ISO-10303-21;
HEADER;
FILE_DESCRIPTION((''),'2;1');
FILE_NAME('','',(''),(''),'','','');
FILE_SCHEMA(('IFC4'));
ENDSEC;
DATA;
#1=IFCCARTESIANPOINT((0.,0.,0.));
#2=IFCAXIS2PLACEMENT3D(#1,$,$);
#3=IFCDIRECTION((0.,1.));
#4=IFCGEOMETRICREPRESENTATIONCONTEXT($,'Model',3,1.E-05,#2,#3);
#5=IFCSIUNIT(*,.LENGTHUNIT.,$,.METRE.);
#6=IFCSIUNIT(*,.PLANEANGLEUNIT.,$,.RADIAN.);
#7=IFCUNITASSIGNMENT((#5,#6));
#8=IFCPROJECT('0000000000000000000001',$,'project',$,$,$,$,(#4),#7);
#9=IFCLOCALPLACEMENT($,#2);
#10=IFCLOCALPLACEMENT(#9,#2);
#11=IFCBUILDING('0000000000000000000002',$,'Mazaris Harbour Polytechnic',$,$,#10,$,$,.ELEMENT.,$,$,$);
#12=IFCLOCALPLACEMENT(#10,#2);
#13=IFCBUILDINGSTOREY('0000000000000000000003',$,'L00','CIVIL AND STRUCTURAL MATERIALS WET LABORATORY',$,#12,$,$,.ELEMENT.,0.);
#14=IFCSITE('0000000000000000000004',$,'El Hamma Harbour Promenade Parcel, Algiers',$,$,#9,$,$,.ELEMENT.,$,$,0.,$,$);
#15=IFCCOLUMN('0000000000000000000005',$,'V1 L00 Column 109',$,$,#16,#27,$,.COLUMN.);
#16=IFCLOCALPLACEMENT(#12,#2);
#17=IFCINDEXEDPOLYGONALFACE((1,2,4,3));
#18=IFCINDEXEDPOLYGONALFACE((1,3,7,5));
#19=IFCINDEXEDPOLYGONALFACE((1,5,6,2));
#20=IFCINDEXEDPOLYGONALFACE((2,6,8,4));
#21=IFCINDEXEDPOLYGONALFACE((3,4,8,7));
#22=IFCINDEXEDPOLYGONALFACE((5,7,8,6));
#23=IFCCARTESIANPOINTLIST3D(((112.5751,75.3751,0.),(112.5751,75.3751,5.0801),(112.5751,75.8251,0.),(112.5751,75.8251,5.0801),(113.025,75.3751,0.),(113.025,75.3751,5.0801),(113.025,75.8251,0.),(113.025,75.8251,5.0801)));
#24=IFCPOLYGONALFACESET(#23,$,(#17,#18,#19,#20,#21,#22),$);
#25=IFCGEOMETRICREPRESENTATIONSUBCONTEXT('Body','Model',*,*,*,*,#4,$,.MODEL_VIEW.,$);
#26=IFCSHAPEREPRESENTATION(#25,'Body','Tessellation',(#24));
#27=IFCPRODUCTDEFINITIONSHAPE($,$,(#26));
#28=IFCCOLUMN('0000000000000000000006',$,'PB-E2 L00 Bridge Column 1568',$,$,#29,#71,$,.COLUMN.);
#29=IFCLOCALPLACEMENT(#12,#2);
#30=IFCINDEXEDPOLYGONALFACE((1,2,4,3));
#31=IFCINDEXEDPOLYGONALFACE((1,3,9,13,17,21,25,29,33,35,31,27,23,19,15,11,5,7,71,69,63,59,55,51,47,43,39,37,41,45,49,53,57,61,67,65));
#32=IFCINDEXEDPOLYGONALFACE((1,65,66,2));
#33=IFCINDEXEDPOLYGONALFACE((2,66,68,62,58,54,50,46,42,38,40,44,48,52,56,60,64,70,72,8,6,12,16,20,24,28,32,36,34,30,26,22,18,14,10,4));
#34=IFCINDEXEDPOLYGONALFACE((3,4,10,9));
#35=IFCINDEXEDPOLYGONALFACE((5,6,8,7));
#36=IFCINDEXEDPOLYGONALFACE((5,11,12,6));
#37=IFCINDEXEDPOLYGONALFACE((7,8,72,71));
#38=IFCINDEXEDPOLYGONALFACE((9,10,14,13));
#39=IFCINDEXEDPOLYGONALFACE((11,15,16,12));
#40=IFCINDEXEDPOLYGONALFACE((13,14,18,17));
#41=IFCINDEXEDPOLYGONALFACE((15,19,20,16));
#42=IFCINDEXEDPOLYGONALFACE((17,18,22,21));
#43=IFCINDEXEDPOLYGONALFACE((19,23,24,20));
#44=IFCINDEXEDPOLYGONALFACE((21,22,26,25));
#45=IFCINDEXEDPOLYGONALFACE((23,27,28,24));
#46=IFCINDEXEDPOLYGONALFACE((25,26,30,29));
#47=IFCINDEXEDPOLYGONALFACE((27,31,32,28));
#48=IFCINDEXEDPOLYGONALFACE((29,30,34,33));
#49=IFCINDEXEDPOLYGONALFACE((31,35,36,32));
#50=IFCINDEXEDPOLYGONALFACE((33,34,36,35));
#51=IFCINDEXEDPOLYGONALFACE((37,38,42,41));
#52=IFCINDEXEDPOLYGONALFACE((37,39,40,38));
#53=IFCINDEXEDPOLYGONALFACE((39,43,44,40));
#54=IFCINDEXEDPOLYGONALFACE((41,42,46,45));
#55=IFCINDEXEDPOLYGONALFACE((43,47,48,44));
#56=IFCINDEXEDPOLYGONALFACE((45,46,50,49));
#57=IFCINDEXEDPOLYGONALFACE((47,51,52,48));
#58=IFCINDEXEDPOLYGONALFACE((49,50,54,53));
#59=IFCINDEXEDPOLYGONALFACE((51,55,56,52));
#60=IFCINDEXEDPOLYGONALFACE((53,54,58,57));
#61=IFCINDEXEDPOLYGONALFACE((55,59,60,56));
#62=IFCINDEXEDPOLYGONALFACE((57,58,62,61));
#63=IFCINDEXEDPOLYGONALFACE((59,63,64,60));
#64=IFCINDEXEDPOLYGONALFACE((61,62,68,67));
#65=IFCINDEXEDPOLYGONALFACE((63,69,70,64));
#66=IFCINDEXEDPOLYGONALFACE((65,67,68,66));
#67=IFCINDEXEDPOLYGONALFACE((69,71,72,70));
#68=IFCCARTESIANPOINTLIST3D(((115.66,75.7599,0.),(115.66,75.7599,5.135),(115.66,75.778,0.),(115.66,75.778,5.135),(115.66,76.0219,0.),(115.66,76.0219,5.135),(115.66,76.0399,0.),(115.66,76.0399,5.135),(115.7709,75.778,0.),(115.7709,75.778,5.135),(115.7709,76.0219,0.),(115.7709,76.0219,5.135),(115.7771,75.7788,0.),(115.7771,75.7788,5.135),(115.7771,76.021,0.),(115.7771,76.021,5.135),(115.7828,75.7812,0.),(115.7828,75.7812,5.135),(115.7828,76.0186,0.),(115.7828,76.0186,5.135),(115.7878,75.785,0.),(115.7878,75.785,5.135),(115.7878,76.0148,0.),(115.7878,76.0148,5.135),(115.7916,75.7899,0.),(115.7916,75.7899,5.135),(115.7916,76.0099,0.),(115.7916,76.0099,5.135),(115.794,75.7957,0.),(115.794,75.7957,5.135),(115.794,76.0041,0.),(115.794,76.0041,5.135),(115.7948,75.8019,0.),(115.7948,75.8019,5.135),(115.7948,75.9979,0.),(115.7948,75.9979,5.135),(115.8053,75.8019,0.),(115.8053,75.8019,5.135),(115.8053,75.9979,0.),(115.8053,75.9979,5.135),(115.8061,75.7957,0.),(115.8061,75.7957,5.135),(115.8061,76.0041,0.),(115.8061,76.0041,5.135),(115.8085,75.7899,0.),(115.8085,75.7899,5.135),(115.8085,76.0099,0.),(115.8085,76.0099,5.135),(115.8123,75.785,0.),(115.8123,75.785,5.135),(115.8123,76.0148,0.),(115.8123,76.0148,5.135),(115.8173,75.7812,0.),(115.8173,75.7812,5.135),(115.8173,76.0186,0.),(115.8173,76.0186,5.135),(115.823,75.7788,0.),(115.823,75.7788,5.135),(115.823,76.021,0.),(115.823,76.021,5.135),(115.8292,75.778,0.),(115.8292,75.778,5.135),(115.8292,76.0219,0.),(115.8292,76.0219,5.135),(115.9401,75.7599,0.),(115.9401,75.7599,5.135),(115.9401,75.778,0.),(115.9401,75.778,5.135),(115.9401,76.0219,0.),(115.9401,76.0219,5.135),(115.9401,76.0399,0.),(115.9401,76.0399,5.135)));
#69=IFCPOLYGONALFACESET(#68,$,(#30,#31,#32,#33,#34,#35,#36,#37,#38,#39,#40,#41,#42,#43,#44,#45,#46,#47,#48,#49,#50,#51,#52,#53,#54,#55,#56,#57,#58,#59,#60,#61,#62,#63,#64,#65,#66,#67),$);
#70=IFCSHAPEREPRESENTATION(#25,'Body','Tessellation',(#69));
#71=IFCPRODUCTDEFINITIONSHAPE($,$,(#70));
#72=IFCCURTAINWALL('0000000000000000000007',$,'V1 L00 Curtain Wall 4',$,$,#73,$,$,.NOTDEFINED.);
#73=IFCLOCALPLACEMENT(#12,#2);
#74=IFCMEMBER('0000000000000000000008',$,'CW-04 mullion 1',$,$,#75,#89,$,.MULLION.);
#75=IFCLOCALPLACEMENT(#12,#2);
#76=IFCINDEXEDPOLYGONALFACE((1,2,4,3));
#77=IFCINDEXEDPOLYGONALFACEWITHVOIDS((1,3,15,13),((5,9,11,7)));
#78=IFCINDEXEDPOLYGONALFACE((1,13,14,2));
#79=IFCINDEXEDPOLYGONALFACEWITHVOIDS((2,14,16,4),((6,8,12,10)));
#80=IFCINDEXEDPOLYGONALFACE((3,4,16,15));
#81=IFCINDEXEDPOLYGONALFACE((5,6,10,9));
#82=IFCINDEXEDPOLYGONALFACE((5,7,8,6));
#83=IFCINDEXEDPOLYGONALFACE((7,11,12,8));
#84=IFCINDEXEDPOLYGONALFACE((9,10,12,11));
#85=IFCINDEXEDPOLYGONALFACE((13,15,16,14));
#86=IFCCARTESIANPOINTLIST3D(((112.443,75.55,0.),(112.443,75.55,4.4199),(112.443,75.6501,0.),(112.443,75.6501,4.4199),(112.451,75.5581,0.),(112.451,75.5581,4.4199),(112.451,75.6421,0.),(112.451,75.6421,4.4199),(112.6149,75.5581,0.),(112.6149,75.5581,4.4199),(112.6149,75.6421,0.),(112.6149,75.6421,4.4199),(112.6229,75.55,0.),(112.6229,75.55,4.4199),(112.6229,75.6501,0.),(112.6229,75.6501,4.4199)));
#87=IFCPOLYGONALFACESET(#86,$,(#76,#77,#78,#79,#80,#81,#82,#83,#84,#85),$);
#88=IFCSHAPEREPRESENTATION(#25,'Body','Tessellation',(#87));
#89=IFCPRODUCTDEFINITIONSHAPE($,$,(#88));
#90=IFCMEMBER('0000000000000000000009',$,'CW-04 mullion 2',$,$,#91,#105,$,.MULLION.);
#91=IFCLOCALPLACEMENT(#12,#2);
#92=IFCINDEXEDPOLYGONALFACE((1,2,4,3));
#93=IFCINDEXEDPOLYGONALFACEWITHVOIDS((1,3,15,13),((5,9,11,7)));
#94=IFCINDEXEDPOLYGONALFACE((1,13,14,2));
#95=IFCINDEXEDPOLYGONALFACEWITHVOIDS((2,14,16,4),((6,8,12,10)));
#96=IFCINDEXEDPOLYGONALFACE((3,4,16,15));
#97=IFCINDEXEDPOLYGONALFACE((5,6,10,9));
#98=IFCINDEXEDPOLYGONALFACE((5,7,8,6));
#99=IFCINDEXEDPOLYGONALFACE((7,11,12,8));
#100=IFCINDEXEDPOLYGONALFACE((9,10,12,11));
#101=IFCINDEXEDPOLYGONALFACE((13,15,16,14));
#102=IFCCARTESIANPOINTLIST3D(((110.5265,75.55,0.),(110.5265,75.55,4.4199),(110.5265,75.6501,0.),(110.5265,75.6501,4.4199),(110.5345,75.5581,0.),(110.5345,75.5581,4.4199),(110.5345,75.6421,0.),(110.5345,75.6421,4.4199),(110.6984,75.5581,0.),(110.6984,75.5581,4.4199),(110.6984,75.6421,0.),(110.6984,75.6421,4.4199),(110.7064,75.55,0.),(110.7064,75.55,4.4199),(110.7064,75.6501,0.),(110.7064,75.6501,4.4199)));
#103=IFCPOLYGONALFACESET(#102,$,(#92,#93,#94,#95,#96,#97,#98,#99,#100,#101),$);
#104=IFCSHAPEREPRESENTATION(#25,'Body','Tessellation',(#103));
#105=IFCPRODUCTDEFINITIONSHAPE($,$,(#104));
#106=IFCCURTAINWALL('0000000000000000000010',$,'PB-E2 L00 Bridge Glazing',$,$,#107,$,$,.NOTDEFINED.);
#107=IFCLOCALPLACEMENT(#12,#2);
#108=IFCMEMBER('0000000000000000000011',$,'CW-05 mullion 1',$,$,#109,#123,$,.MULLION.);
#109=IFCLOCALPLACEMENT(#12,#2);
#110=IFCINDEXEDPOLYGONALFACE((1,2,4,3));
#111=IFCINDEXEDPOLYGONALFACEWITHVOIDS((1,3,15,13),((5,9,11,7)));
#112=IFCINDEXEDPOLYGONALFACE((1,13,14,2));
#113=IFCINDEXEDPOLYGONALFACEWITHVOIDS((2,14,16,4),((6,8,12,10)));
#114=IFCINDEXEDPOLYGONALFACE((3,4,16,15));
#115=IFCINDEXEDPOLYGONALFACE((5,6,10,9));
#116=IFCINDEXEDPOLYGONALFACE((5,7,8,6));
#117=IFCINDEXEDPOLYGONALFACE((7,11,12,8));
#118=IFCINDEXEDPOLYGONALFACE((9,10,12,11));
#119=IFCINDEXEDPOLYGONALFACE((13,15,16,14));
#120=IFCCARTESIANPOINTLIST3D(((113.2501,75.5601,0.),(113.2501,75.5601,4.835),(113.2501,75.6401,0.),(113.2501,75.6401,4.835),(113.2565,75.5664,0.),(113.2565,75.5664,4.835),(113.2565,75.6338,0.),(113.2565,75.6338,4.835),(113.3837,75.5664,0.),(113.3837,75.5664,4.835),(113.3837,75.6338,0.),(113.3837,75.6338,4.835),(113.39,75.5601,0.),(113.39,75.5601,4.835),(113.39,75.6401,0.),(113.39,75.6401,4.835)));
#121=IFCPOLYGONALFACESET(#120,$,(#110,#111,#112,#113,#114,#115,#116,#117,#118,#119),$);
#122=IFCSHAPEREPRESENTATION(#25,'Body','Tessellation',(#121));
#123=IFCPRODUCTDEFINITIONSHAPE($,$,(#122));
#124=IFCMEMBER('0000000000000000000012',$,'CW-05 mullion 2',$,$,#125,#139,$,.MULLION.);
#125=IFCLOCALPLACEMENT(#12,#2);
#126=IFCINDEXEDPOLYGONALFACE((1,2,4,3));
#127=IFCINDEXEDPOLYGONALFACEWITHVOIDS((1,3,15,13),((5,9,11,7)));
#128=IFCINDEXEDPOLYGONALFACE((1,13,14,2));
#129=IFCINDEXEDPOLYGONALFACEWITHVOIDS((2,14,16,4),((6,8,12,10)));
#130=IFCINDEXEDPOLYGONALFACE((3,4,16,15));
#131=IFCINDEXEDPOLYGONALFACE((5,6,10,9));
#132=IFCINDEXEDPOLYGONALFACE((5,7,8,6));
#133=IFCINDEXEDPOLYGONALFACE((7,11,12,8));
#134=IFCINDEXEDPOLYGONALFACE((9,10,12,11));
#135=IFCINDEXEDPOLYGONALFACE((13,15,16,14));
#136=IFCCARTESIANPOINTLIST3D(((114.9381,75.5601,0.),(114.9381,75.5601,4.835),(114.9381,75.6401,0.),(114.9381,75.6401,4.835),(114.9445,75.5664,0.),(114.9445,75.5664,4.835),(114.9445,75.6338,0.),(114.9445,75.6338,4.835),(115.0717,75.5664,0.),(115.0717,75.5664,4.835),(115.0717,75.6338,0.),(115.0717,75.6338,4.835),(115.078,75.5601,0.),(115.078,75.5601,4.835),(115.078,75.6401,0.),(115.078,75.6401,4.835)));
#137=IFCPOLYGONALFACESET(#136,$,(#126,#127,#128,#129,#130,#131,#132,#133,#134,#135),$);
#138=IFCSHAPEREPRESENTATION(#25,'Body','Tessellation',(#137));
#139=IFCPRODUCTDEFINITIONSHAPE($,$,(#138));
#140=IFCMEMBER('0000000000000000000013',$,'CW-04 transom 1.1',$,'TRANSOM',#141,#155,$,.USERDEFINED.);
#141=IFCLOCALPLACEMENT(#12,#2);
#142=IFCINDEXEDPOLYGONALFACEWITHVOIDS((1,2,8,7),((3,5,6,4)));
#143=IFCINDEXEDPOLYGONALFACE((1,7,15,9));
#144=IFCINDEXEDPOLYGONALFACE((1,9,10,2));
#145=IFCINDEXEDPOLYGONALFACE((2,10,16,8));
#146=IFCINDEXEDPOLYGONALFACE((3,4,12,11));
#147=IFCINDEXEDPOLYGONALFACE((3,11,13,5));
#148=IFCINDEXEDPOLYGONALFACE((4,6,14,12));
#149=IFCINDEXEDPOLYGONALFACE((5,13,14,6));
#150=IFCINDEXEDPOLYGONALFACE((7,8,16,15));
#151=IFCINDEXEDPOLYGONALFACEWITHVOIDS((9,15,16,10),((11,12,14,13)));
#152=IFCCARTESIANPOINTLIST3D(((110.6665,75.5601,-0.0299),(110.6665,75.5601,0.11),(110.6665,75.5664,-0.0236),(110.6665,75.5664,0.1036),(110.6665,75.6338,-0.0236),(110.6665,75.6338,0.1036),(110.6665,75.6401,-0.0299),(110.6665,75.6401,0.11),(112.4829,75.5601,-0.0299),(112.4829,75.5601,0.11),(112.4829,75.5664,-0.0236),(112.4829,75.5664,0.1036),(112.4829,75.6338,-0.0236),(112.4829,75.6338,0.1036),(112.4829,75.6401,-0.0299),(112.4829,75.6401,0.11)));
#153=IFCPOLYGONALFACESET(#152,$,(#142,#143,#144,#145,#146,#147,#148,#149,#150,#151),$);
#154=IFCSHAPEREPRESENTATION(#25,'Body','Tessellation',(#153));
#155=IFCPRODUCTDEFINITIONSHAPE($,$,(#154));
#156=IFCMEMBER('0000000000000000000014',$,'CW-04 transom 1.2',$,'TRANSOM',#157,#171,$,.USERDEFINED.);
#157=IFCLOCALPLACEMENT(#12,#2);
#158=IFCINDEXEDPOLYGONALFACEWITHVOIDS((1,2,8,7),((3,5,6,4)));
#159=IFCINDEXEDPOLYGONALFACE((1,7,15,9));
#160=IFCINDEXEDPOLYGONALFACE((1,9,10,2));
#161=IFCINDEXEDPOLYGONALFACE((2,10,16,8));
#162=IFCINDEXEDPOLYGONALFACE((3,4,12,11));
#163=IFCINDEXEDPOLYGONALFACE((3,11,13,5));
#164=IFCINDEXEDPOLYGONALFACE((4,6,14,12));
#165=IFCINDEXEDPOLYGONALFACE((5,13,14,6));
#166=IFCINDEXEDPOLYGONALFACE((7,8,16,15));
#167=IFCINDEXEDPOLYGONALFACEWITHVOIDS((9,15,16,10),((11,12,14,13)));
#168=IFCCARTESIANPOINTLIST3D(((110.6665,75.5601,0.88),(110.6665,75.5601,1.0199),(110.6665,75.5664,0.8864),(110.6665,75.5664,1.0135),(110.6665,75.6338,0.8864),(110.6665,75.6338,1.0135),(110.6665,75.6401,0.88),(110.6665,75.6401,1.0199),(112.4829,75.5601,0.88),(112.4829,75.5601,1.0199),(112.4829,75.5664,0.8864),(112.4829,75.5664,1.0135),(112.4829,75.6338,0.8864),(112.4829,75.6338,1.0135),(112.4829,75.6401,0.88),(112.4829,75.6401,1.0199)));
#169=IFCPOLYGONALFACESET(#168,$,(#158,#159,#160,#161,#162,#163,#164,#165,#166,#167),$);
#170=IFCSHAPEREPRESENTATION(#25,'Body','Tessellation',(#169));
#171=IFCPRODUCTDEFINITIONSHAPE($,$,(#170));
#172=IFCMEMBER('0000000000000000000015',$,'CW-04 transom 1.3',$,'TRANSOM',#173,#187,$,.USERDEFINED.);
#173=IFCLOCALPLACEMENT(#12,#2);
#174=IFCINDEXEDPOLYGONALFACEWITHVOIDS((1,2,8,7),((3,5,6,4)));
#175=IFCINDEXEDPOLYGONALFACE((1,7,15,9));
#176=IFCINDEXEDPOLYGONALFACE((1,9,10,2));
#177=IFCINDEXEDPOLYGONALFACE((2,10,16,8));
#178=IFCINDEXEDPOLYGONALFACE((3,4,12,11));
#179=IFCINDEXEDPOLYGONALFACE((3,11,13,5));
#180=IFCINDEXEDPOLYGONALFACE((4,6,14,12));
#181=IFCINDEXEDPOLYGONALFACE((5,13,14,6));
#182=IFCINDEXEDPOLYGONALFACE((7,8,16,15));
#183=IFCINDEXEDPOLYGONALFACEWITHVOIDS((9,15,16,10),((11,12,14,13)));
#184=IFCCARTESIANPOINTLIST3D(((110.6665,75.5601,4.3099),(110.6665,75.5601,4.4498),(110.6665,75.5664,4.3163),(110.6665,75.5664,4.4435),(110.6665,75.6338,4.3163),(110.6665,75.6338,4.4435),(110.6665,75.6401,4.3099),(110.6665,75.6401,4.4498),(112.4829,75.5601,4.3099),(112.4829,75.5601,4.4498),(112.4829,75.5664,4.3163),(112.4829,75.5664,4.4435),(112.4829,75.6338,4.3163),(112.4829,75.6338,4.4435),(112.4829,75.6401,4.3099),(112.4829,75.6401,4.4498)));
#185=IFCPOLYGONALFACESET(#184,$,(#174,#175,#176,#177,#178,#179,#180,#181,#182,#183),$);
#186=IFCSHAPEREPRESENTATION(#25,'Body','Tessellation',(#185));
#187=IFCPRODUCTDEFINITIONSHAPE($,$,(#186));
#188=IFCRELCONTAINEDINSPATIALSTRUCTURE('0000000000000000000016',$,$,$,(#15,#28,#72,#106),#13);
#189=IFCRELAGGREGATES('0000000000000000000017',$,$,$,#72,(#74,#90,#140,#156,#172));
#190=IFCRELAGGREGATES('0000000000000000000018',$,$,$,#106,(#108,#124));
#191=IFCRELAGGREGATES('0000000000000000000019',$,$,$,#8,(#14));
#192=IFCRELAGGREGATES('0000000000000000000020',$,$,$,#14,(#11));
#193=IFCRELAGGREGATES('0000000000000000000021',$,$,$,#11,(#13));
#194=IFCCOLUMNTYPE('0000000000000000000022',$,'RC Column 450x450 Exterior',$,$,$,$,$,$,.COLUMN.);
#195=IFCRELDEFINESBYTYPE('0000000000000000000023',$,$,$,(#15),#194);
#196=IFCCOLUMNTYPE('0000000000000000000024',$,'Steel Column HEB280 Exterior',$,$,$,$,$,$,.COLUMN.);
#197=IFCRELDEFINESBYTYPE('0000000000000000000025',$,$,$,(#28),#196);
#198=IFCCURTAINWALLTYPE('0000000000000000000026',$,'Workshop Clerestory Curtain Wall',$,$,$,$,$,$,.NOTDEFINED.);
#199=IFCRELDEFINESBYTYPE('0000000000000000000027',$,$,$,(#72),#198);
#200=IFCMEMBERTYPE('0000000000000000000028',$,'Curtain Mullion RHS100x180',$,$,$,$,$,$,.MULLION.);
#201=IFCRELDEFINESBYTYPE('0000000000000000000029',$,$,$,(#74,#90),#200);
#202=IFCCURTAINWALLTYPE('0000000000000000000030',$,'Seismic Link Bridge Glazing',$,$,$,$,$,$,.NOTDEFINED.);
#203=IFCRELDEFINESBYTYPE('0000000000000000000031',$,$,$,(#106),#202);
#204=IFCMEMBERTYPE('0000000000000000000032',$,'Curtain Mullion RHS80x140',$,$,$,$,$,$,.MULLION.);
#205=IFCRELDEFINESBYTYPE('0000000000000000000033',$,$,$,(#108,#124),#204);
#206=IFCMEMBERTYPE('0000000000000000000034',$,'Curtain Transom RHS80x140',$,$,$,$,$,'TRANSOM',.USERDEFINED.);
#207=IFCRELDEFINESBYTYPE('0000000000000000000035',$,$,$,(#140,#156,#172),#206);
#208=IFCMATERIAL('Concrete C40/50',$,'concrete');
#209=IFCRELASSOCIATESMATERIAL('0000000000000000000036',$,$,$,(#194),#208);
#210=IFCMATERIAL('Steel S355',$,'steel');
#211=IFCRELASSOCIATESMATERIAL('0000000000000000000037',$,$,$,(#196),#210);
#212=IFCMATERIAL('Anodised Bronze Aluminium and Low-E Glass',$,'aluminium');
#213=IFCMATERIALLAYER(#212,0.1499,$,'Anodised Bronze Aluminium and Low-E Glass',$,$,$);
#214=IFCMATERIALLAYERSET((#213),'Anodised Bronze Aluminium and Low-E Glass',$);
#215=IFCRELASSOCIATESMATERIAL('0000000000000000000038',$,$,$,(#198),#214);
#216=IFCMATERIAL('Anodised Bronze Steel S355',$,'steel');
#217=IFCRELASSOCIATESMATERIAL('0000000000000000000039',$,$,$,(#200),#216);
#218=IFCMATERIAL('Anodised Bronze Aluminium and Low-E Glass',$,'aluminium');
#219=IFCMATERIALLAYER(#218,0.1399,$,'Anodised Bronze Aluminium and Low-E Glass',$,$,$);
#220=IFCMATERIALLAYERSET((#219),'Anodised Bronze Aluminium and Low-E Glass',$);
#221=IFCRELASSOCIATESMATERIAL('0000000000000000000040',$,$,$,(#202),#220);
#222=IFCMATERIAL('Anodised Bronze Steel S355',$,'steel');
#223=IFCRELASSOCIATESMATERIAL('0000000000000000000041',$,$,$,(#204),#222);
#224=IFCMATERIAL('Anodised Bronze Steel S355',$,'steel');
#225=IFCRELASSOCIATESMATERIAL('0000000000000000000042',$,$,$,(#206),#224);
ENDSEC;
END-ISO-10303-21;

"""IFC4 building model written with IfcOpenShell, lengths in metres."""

from ifc_helpers import new_model, si_unit, direction, frame, origin, origin_2d, place, context, subcontext, project, spatial, rectangle, hollow_rectangle, i_section, extrude, material, layer, layer_set, material_profile, profile_set, type_object, element, aggregate, save


model = new_model("IFC4")

# Units and contexts
model_context = context("Model", 3, precision=1e-05, world=origin(), true_north=direction((0.0, 1.0)))
body_context = subcontext(model_context, "Body", "Model", "MODEL_VIEW")
ifc_project = project(units=[si_unit("LENGTHUNIT", "METRE"), si_unit("PLANEANGLEUNIT", "RADIAN")], contexts=[model_context])

# Site, building, storey
site_placement = place(None, origin())
site = spatial("IfcSite", under=ifc_project, at=site_placement, Name="El Hamma Harbour Promenade Parcel, Algiers", CompositionType="ELEMENT", RefElevation=0.0)
building_placement = place(site_placement, origin())
building = spatial("IfcBuilding", under=site, at=building_placement, Name="Mazaris Harbour Polytechnic", CompositionType="ELEMENT")
storey_placement = place(building_placement, origin())
storey = spatial("IfcBuildingStorey", under=building, at=storey_placement, Name="L00", Description="CIVIL AND STRUCTURAL MATERIALS WET LABORATORY", CompositionType="ELEMENT", Elevation=0.0)

# Columns
ifc_material_1 = material(Name="Concrete C40/50", Category="concrete")
ifc_material_profile_1 = material_profile(ifc_material_1, rectangle(XDim=0.45, YDim=0.45, at=origin_2d()), Name="RECT450x450")
ifc_profile_set_1 = profile_set([ifc_material_profile_1], Name="Concrete C40/50")
column_type_1 = type_object("IfcColumnType", Name="RC Column 450x450 Exterior", PredefinedType="COLUMN", material=ifc_profile_set_1)
column_1_placement = place(storey_placement, frame((112.8, 75.6001, 0.0), z_axis=(0.0, 0.0, 1.0), x_axis=(1.0, 0.0, 0.0)))
element("IfcColumn", 1, at=column_1_placement, inside=storey, type_object=column_type_1, Name="V1 L00 Column 109", PredefinedType="COLUMN", context=body_context, shape_type="SweptSolid", body=[
    extrude(rectangle(XDim=0.45, YDim=0.45, at=origin_2d()), origin(), (0.0, 0.0, 1.0), 5.0801),
])
ifc_material_2 = material(Name="Steel S355", Category="steel")
ifc_material_profile_2 = material_profile(ifc_material_2, i_section(OverallWidth=0.28, OverallDepth=0.28, WebThickness=0.0105, FlangeThickness=0.0181, FilletRadius=0.0239, at=origin_2d()), Name="HEB 280")
ifc_profile_set_2 = profile_set([ifc_material_profile_2], Name="Steel S355")
column_type_2 = type_object("IfcColumnType", Name="Steel Column HEB280 Exterior", PredefinedType="COLUMN", material=ifc_profile_set_2)
column_2_placement = place(storey_placement, frame((115.8, 75.8999, 0.0), z_axis=(0.0, 0.0, 1.0), x_axis=(1.0, 0.0, 0.0)))
element("IfcColumn", 2, at=column_2_placement, inside=storey, type_object=column_type_2, Name="PB-E2 L00 Bridge Column 1568", PredefinedType="COLUMN", context=body_context, shape_type="SweptSolid", body=[
    extrude(i_section(OverallWidth=0.28, OverallDepth=0.28, WebThickness=0.0105, FlangeThickness=0.0181, FilletRadius=0.0239, at=origin_2d()), origin(), (0.0, 0.0, 1.0), 5.135),
])

# Curtain walls, members
ifc_material_3 = material(Name="Anodised Bronze Aluminium and Low-E Glass", Category="aluminium")
ifc_layer_1 = layer(ifc_material_3, 0.1499, Name="Anodised Bronze Aluminium and Low-E Glass")
ifc_layer_set_1 = layer_set([ifc_layer_1], Name="Anodised Bronze Aluminium and Low-E Glass")
curtain_wall_type_1 = type_object("IfcCurtainWallType", Name="Workshop Clerestory Curtain Wall", PredefinedType="NOTDEFINED", material=ifc_layer_set_1)
curtain_wall_1_placement = place(storey_placement, origin())
curtain_wall_1 = element("IfcCurtainWall", 3, at=curtain_wall_1_placement, inside=storey, type_object=curtain_wall_type_1, Name="V1 L00 Curtain Wall 4", PredefinedType="NOTDEFINED")
ifc_material_4 = material(Name="Anodised Bronze Steel S355", Category="steel")
ifc_material_profile_3 = material_profile(ifc_material_4, hollow_rectangle(XDim=0.1001, YDim=0.1799, WallThickness=0.0081, at=origin_2d()), Name="RHS 100x180x8.0")
ifc_profile_set_3 = profile_set([ifc_material_profile_3], Name="Anodised Bronze Steel S355")
member_type_1 = type_object("IfcMemberType", Name="Curtain Mullion RHS100x180", PredefinedType="MULLION", material=ifc_profile_set_3)
member_1_placement = place(storey_placement, frame((112.533, 75.6001, 0.0), z_axis=(0.0, 0.0, 1.0), x_axis=(0.0, -1.0, 0.0)))
member_1 = element("IfcMember", 4, at=member_1_placement, type_object=member_type_1, Name="CW-04 mullion 1", PredefinedType="MULLION", context=body_context, shape_type="SweptSolid", body=[
    extrude(hollow_rectangle(XDim=0.1001, YDim=0.1799, WallThickness=0.0081, at=origin_2d()), origin(), (0.0, 0.0, 1.0), 4.4199),
])
member_2_placement = place(storey_placement, frame((110.6165, 75.6001, 0.0), z_axis=(0.0, 0.0, 1.0), x_axis=(0.0, -1.0, 0.0)))
member_2 = element("IfcMember", 5, at=member_2_placement, type_object=member_type_1, Name="CW-04 mullion 2", PredefinedType="MULLION", context=body_context, shape_type="SweptSolid", body=[
    extrude(hollow_rectangle(XDim=0.1001, YDim=0.1799, WallThickness=0.0081, at=origin_2d()), origin(), (0.0, 0.0, 1.0), 4.4199),
])
ifc_material_5 = material(Name="Anodised Bronze Aluminium and Low-E Glass", Category="aluminium")
ifc_layer_2 = layer(ifc_material_5, 0.1399, Name="Anodised Bronze Aluminium and Low-E Glass")
ifc_layer_set_2 = layer_set([ifc_layer_2], Name="Anodised Bronze Aluminium and Low-E Glass")
curtain_wall_type_2 = type_object("IfcCurtainWallType", Name="Seismic Link Bridge Glazing", PredefinedType="NOTDEFINED", material=ifc_layer_set_2)
curtain_wall_2_placement = place(storey_placement, origin())
curtain_wall_2 = element("IfcCurtainWall", 6, at=curtain_wall_2_placement, inside=storey, type_object=curtain_wall_type_2, Name="PB-E2 L00 Bridge Glazing", PredefinedType="NOTDEFINED")
ifc_material_6 = material(Name="Anodised Bronze Steel S355", Category="steel")
ifc_material_profile_4 = material_profile(ifc_material_6, hollow_rectangle(XDim=0.0801, YDim=0.1399, WallThickness=0.0063, at=origin_2d()), Name="RHS 80x140x6.3")
ifc_profile_set_4 = profile_set([ifc_material_profile_4], Name="Anodised Bronze Steel S355")
member_type_2 = type_object("IfcMemberType", Name="Curtain Mullion RHS80x140", PredefinedType="MULLION", material=ifc_profile_set_4)
member_3_placement = place(storey_placement, frame((113.3201, 75.6001, 0.0), z_axis=(0.0, 0.0, 1.0), x_axis=(0.0, 1.0, 0.0)))
member_3 = element("IfcMember", 7, at=member_3_placement, type_object=member_type_2, Name="CW-05 mullion 1", PredefinedType="MULLION", context=body_context, shape_type="SweptSolid", body=[
    extrude(hollow_rectangle(XDim=0.0801, YDim=0.1399, WallThickness=0.0063, at=origin_2d()), origin(), (0.0, 0.0, 1.0), 4.835),
])
member_4_placement = place(storey_placement, frame((115.0081, 75.6001, 0.0), z_axis=(0.0, 0.0, 1.0), x_axis=(0.0, 1.0, 0.0)))
member_4 = element("IfcMember", 8, at=member_4_placement, type_object=member_type_2, Name="CW-05 mullion 2", PredefinedType="MULLION", context=body_context, shape_type="SweptSolid", body=[
    extrude(hollow_rectangle(XDim=0.0801, YDim=0.1399, WallThickness=0.0063, at=origin_2d()), origin(), (0.0, 0.0, 1.0), 4.835),
])

# Members
ifc_material_7 = material(Name="Anodised Bronze Steel S355", Category="steel")
ifc_material_profile_5 = material_profile(ifc_material_7, hollow_rectangle(XDim=0.0801, YDim=0.1399, WallThickness=0.0063, at=origin_2d()), Name="RHS 80x140x6.3")
ifc_profile_set_5 = profile_set([ifc_material_profile_5], Name="Anodised Bronze Steel S355")
member_type_3 = type_object("IfcMemberType", Name="Curtain Transom RHS80x140", ElementType="TRANSOM", PredefinedType="USERDEFINED", material=ifc_profile_set_5)
member_5_placement = place(storey_placement, frame((112.4829, 75.6001, 0.04), z_axis=(-1.0, 0.0, 0.0), x_axis=(0.0, -1.0, 0.0)))
member_5 = element("IfcMember", 9, at=member_5_placement, type_object=member_type_3, Name="CW-04 transom 1.1", ObjectType="TRANSOM", PredefinedType="USERDEFINED", context=body_context, shape_type="SweptSolid", body=[
    extrude(hollow_rectangle(XDim=0.0801, YDim=0.1399, WallThickness=0.0063, at=origin_2d()), origin(), (0.0, 0.0, 1.0), 1.8164),
])
member_6_placement = place(storey_placement, frame((112.4829, 75.6001, 0.95), z_axis=(-1.0, 0.0, 0.0), x_axis=(0.0, -1.0, 0.0)))
member_6 = element("IfcMember", 10, at=member_6_placement, type_object=member_type_3, Name="CW-04 transom 1.2", ObjectType="TRANSOM", PredefinedType="USERDEFINED", context=body_context, shape_type="SweptSolid", body=[
    extrude(hollow_rectangle(XDim=0.0801, YDim=0.1399, WallThickness=0.0063, at=origin_2d()), origin(), (0.0, 0.0, 1.0), 1.8164),
])
member_7_placement = place(storey_placement, frame((112.4829, 75.6001, 4.3799), z_axis=(-1.0, 0.0, 0.0), x_axis=(0.0, -1.0, 0.0)))
member_7 = element("IfcMember", 11, at=member_7_placement, type_object=member_type_3, Name="CW-04 transom 1.3", ObjectType="TRANSOM", PredefinedType="USERDEFINED", context=body_context, shape_type="SweptSolid", body=[
    extrude(hollow_rectangle(XDim=0.0801, YDim=0.1399, WallThickness=0.0063, at=origin_2d()), origin(), (0.0, 0.0, 1.0), 1.8164),
])

aggregate(curtain_wall_1, [member_1, member_2, member_5, member_6, member_7])
aggregate(curtain_wall_2, [member_3, member_4])

save(model, "model.ifc")
